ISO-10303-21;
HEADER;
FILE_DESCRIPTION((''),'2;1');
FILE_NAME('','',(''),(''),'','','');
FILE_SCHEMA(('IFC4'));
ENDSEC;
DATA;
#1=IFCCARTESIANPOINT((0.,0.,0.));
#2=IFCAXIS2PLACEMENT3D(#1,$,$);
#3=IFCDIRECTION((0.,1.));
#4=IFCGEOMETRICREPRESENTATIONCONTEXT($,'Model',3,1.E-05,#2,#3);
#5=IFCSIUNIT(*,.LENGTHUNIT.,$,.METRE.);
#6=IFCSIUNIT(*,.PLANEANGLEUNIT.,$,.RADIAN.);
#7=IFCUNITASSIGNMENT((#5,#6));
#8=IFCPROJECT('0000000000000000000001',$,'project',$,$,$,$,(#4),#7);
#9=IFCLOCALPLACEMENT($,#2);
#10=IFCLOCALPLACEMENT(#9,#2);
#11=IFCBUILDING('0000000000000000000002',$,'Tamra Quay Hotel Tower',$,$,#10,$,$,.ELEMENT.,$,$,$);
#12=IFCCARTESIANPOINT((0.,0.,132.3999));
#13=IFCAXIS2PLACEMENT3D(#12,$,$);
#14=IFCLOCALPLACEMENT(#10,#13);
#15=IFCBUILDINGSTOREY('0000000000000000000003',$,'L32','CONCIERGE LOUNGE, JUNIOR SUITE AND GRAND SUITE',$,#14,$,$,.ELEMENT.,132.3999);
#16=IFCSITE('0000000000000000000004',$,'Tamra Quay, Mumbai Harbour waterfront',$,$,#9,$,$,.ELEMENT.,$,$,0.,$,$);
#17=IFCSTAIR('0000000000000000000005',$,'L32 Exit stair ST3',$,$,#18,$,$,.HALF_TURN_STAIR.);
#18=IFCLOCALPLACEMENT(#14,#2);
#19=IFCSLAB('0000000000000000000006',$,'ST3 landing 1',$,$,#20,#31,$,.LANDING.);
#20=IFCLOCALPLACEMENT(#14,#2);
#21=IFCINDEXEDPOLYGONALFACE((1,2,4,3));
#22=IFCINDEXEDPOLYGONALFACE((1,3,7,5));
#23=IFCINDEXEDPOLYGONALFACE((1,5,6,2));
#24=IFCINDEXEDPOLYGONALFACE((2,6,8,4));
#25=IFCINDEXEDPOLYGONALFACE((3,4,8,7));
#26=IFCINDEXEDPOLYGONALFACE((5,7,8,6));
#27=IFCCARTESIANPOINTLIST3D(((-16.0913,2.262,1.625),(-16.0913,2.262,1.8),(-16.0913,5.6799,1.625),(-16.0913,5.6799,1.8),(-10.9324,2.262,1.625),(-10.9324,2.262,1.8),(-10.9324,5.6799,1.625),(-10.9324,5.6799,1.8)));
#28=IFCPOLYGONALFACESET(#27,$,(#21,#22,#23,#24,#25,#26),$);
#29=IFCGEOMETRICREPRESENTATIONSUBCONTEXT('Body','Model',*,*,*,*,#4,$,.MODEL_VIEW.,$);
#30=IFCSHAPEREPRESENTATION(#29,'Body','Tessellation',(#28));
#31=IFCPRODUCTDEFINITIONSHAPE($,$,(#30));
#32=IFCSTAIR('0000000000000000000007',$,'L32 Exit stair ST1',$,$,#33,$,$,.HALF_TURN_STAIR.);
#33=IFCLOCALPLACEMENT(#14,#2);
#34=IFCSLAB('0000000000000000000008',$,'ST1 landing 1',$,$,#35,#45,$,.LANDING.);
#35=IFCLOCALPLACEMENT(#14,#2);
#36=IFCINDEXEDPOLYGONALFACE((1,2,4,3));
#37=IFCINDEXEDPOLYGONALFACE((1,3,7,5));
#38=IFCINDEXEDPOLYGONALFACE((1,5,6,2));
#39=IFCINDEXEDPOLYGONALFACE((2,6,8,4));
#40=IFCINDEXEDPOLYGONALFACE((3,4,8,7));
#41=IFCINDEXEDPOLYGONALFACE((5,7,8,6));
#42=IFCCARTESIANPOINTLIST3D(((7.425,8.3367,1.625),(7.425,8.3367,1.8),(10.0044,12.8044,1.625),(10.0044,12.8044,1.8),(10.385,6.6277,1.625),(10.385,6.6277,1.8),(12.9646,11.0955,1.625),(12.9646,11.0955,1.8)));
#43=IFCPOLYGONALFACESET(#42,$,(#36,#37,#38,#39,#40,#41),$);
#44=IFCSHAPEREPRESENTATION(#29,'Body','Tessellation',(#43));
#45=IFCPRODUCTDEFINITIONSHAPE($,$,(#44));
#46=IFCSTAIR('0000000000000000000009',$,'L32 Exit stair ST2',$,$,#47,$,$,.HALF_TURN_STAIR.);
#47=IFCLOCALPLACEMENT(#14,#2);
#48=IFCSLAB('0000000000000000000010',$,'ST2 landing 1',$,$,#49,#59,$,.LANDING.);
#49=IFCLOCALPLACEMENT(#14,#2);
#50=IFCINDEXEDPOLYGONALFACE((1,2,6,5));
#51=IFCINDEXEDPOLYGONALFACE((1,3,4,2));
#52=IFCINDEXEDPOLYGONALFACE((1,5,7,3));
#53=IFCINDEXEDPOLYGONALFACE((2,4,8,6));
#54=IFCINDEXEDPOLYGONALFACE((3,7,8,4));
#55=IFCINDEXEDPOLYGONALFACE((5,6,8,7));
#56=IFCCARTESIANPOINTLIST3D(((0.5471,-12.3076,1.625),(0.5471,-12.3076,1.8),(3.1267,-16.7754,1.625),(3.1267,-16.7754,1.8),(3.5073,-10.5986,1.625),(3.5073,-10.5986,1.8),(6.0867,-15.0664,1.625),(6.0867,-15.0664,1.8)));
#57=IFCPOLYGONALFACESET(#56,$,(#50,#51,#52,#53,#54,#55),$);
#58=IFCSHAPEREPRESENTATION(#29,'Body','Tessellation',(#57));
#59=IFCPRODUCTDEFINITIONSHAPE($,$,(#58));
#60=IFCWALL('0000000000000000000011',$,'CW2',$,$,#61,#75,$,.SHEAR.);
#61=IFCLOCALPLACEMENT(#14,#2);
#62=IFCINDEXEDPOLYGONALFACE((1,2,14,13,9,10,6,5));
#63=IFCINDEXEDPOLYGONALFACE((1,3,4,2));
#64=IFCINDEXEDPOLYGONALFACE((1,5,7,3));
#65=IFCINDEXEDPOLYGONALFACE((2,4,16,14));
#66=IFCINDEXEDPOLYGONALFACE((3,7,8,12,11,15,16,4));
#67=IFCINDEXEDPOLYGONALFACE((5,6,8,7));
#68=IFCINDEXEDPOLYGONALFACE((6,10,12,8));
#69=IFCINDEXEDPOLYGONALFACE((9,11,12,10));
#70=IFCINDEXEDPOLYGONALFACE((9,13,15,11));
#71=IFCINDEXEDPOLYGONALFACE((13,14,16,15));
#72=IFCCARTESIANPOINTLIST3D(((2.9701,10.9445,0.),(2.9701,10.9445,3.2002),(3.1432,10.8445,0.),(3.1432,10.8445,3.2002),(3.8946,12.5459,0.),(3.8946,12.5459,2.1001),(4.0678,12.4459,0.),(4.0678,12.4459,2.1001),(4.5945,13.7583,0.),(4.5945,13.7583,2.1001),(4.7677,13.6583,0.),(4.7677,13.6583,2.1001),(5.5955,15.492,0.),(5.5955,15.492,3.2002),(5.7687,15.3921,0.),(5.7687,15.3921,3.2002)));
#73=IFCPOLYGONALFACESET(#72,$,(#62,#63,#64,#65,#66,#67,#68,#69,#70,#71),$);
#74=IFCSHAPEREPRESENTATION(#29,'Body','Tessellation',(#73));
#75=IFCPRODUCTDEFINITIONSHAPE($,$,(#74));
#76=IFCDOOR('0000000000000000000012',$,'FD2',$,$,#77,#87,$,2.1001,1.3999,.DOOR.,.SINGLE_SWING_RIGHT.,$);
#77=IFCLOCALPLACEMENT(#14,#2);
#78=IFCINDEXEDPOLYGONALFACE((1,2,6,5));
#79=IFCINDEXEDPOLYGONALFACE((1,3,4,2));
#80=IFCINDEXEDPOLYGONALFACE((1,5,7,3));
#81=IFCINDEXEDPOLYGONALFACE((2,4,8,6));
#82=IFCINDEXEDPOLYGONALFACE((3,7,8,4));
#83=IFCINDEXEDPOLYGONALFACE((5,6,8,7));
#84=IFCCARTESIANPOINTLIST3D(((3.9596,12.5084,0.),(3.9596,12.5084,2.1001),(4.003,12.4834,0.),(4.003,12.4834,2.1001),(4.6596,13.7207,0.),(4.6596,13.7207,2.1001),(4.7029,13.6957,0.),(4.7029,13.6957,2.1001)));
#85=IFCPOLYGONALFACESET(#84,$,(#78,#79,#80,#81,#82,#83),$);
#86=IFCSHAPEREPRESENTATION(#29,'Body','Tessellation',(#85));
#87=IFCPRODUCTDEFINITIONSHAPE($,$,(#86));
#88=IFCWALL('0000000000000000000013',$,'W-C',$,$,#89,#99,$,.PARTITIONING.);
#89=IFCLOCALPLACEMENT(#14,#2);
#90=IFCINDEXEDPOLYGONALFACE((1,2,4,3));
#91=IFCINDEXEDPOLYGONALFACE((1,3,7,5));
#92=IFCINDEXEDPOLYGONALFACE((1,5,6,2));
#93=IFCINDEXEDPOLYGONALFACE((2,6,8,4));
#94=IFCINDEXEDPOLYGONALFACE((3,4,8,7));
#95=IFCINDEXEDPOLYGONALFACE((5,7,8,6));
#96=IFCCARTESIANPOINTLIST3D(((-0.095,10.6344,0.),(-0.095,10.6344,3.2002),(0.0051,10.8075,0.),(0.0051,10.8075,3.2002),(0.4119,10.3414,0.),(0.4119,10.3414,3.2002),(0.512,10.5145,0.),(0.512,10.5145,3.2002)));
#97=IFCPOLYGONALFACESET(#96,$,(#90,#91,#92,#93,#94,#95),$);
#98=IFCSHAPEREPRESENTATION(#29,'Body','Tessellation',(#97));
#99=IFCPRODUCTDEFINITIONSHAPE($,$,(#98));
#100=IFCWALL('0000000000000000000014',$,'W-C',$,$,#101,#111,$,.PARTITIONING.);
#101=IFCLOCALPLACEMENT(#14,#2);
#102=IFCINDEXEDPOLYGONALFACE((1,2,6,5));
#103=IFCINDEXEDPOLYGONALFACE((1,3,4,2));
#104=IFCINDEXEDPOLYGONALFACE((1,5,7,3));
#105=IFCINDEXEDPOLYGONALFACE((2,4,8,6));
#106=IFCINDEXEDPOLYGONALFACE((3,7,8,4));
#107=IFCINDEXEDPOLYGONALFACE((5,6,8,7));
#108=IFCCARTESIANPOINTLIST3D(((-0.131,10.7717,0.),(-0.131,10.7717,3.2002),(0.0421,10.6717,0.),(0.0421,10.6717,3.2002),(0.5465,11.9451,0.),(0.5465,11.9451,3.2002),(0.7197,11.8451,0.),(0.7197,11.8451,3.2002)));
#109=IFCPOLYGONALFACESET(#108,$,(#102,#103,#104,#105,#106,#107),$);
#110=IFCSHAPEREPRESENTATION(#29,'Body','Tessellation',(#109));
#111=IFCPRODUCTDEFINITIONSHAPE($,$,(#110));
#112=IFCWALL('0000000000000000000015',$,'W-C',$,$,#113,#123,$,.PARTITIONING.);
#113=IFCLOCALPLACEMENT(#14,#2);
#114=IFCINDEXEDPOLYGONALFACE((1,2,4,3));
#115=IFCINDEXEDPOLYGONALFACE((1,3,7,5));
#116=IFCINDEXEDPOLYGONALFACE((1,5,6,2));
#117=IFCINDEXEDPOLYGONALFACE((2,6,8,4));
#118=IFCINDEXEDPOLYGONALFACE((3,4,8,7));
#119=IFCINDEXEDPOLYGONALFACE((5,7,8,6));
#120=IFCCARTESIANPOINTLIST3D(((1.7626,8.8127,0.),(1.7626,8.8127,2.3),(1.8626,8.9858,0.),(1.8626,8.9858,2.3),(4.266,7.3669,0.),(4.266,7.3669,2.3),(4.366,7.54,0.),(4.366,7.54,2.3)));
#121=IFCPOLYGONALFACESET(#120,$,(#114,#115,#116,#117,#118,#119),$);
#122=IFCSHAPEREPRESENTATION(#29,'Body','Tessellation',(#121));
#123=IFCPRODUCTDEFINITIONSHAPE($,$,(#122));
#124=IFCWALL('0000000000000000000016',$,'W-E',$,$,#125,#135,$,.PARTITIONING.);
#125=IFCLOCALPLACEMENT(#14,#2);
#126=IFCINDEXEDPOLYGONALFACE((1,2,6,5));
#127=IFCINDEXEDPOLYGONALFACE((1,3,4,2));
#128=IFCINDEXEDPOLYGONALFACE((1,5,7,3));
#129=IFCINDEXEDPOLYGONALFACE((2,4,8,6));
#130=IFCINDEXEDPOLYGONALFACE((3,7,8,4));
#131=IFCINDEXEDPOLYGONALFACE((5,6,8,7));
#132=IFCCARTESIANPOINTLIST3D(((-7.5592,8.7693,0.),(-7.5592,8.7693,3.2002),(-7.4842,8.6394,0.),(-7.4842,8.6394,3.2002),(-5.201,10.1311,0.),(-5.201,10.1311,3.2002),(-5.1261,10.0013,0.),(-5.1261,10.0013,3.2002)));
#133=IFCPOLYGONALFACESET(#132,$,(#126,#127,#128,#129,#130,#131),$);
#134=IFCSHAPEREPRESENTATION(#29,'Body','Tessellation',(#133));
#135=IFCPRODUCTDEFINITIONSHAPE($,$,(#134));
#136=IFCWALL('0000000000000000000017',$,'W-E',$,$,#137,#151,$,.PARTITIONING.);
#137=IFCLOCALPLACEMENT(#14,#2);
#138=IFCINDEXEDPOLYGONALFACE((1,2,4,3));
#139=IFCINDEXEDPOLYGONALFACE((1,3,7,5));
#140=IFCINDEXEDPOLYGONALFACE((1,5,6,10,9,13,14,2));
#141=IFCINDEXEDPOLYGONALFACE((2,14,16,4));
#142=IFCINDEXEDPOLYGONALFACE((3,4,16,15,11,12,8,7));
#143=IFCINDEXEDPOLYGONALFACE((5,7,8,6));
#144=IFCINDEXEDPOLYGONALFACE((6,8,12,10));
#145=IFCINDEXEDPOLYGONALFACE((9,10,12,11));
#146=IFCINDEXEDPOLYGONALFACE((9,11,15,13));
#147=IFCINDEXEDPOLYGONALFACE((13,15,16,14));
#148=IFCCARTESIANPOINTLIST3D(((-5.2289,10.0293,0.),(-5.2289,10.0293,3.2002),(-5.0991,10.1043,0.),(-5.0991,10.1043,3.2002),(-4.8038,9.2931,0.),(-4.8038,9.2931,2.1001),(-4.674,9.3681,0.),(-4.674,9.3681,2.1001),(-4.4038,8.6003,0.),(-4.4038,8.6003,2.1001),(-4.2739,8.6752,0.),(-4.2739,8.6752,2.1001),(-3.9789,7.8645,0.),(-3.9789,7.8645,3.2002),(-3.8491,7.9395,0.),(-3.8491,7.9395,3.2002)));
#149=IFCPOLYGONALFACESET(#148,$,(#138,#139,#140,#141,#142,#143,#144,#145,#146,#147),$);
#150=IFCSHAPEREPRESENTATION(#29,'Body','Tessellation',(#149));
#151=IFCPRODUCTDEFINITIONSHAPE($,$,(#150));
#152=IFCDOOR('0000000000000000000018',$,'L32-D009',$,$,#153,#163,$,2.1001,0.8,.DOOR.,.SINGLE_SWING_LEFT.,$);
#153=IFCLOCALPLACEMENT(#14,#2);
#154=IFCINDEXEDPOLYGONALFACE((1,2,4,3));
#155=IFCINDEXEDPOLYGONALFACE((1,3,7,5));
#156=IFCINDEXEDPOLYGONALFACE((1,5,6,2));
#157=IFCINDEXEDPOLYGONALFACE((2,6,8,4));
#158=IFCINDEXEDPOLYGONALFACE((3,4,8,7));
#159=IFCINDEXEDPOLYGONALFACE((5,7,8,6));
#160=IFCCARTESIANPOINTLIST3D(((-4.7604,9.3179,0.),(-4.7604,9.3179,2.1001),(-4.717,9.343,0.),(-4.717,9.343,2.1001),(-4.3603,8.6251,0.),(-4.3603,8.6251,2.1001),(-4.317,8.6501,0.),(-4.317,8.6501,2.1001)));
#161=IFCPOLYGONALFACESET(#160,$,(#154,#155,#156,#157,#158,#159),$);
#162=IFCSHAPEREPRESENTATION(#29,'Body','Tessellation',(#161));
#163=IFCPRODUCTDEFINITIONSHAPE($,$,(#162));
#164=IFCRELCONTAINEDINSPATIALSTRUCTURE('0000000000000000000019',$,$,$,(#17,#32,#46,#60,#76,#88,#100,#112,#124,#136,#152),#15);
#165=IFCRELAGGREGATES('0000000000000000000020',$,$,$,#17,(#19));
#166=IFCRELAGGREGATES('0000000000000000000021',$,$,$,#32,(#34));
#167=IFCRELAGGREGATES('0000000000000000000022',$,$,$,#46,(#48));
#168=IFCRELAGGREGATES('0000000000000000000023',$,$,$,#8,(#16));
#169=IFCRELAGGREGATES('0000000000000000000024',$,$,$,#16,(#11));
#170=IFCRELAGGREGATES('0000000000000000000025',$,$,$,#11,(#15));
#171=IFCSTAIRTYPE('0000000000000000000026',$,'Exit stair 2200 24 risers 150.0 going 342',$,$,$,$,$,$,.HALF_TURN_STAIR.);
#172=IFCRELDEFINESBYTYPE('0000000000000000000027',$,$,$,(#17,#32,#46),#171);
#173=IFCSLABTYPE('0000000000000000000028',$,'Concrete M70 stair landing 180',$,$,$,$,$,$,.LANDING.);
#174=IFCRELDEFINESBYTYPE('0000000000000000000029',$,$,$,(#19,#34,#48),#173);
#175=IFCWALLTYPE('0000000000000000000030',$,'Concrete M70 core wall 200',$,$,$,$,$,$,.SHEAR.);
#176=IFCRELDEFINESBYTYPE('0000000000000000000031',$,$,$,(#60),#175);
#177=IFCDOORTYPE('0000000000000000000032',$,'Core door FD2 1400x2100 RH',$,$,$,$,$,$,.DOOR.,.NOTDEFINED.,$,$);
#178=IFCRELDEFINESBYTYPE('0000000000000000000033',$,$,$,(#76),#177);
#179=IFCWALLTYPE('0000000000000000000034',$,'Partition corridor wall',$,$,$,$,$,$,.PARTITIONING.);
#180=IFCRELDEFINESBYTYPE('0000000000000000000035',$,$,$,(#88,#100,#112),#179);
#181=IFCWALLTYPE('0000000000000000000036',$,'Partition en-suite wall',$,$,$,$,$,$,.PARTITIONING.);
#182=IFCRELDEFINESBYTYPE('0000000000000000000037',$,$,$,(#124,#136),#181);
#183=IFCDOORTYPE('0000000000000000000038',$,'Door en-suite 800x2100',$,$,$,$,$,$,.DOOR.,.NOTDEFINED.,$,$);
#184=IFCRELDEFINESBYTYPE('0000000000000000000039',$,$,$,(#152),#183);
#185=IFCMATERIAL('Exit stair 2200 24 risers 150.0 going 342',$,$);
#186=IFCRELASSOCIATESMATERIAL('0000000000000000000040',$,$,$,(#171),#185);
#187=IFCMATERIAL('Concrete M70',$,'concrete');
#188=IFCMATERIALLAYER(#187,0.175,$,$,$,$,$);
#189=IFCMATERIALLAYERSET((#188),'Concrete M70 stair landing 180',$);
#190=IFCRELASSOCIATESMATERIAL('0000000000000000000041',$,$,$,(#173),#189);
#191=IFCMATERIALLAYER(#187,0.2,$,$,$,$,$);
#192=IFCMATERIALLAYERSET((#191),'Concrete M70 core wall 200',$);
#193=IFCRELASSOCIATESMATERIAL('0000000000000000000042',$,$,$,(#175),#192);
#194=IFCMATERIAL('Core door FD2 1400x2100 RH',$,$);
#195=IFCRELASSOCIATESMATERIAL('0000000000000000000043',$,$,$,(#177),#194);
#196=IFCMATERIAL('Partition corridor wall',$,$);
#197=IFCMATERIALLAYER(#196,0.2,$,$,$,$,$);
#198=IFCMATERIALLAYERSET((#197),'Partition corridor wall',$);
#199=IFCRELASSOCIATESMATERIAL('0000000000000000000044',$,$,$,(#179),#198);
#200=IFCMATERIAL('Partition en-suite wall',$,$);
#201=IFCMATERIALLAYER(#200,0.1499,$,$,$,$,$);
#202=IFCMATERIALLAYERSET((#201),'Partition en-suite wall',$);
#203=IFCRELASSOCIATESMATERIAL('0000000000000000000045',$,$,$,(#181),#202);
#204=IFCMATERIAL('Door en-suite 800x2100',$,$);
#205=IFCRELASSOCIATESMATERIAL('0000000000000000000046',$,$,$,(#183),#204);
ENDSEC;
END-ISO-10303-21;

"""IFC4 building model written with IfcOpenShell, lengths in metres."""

from ifc_helpers import new_model, si_unit, direction, frame, frame_2d, origin, place, context, subcontext, project, spatial, polyline, rectangle, outline, extrude, material, layer, layer_set, type_object, element, fill, aggregate, save


model = new_model("IFC4")

# Units and contexts
model_context = context("Model", 3, precision=1e-05, world=origin(), true_north=direction((0.0, 1.0)))
body_context = subcontext(model_context, "Body", "Model", "MODEL_VIEW")
ifc_project = project(units=[si_unit("LENGTHUNIT", "METRE"), si_unit("PLANEANGLEUNIT", "RADIAN")], contexts=[model_context])

# Site, building, storey
site_placement = place(None, origin())
site = spatial("IfcSite", under=ifc_project, at=site_placement, Name="Tamra Quay, Mumbai Harbour waterfront", CompositionType="ELEMENT", RefElevation=0.0)
building_placement = place(site_placement, origin())
building = spatial("IfcBuilding", under=site, at=building_placement, Name="Tamra Quay Hotel Tower", CompositionType="ELEMENT")
storey_placement = place(building_placement, frame((0.0, 0.0, 132.3999)))
storey = spatial("IfcBuildingStorey", under=building, at=storey_placement, Name="L32", Description="CONCIERGE LOUNGE, JUNIOR SUITE AND GRAND SUITE", CompositionType="ELEMENT", Elevation=132.3999)

# Stairs, slabs
ifc_material_1 = material(Name="Exit stair 2200 24 risers 150.0 going 342")
stair_type = type_object("IfcStairType", Name="Exit stair 2200 24 risers 150.0 going 342", PredefinedType="HALF_TURN_STAIR", material=ifc_material_1)
stair_1_placement = place(storey_placement, origin())
stair_1 = element("IfcStair", 1, at=stair_1_placement, inside=storey, type_object=stair_type, Name="L32 Exit stair ST3", PredefinedType="HALF_TURN_STAIR")
ifc_material_2 = material(Name="Concrete M70", Category="concrete")
ifc_layer_1 = layer(ifc_material_2, 0.175)
ifc_layer_set_1 = layer_set([ifc_layer_1], Name="Concrete M70 stair landing 180")
slab_type = type_object("IfcSlabType", Name="Concrete M70 stair landing 180", PredefinedType="LANDING", material=ifc_layer_set_1)
slab_1_placement = place(storey_placement, frame((0.0, 0.0, 1.625)))
slab_1 = element("IfcSlab", 2, at=slab_1_placement, type_object=slab_type, Name="ST3 landing 1", PredefinedType="LANDING", context=body_context, shape_type="SweptSolid", body=[
    extrude(outline(polyline([(-10.9324, 2.262), (-10.9324, 5.6799), (-16.0913, 5.6799), (-16.0913, 2.262), (-10.9324, 2.262)])), origin(), (0.0, 0.0, 1.0), 0.175),
])
aggregate(stair_1, [slab_1])
stair_2_placement = place(storey_placement, origin())
stair_2 = element("IfcStair", 3, at=stair_2_placement, inside=storey, type_object=stair_type, Name="L32 Exit stair ST1", PredefinedType="HALF_TURN_STAIR")
slab_2_placement = place(storey_placement, frame((0.0, 0.0, 1.625)))
slab_2 = element("IfcSlab", 4, at=slab_2_placement, type_object=slab_type, Name="ST1 landing 1", PredefinedType="LANDING", context=body_context, shape_type="SweptSolid", body=[
    extrude(outline(polyline([(7.425, 8.3367), (10.385, 6.6277), (12.9646, 11.0955), (10.0044, 12.8044), (7.425, 8.3367)])), origin(), (0.0, 0.0, 1.0), 0.175),
])
aggregate(stair_2, [slab_2])
stair_3_placement = place(storey_placement, origin())
stair_3 = element("IfcStair", 5, at=stair_3_placement, inside=storey, type_object=stair_type, Name="L32 Exit stair ST2", PredefinedType="HALF_TURN_STAIR")
slab_3_placement = place(storey_placement, frame((0.0, 0.0, 1.625)))
slab_3 = element("IfcSlab", 6, at=slab_3_placement, type_object=slab_type, Name="ST2 landing 1", PredefinedType="LANDING", context=body_context, shape_type="SweptSolid", body=[
    extrude(outline(polyline([(3.5073, -10.5986), (0.5471, -12.3076), (3.1267, -16.7754), (6.0867, -15.0664), (3.5073, -10.5986)])), origin(), (0.0, 0.0, 1.0), 0.175),
])
aggregate(stair_3, [slab_3])

# Wall, opening, door
ifc_layer_2 = layer(ifc_material_2, 0.2)
ifc_layer_set_2 = layer_set([ifc_layer_2], Name="Concrete M70 core wall 200")
wall_type_1 = type_object("IfcWallType", Name="Concrete M70 core wall 200", PredefinedType="SHEAR", material=ifc_layer_set_2)
wall_1_placement = place(storey_placement, frame((3.0566, 10.8945, 0.0), z_axis=(0.0, 0.0, 1.0), x_axis=(0.499989, 0.866032, 0.0)))
wall_1 = element("IfcWall", 7, at=wall_1_placement, inside=storey, type_object=wall_type_1, Name="CW2", PredefinedType="SHEAR", context=body_context, shape_type="SweptSolid", body=[
    extrude(rectangle(XDim=5.251, YDim=0.2, at=frame_2d((2.6255, 0.0))), origin(), (0.0, 0.0, 1.0), 3.2002),
])
opening_1_placement = place(wall_1_placement, frame((1.8491, 0.0, 0.0)))
opening_1 = element("IfcOpeningElement", 8, at=opening_1_placement, cuts=wall_1, PredefinedType="OPENING", context=body_context, shape_type="SweptSolid", body=[
    extrude(rectangle(XDim=1.3999, YDim=2.1001, at=frame_2d((0.7, 1.05))), frame((0.0, 0.1099, 0.0), z_axis=(0.0, -1.0, 0.0), x_axis=(1.0, 0.0, 0.0)), (0.0, 0.0, 1.0), 0.22),
])
ifc_material_3 = material(Name="Core door FD2 1400x2100 RH")
door_type_1 = type_object("IfcDoorType", Name="Core door FD2 1400x2100 RH", OperationType="NOTDEFINED", PredefinedType="DOOR", material=ifc_material_3)
door_1_placement = place(opening_1_placement, origin())
door_1 = element("IfcDoor", 9, at=door_1_placement, inside=storey, type_object=door_type_1, Name="FD2", OperationType="SINGLE_SWING_RIGHT", OverallHeight=2.1001, OverallWidth=1.3999, PredefinedType="DOOR", context=body_context, shape_type="SweptSolid", body=[
    extrude(rectangle(XDim=1.3999, YDim=2.1001, at=frame_2d((0.7, 1.05))), frame((0.0, 0.0249, 0.0), z_axis=(0.0, -1.0, 0.0), x_axis=(1.0, 0.0, 0.0)), (0.0, 0.0, 1.0), 0.05),
])
fill(opening_1, door_1)

# Walls
ifc_material_4 = material(Name="Partition corridor wall")
ifc_layer_3 = layer(ifc_material_4, 0.2)
ifc_layer_set_3 = layer_set([ifc_layer_3], Name="Partition corridor wall")
wall_type_2 = type_object("IfcWallType", Name="Partition corridor wall", PredefinedType="PARTITIONING", material=ifc_layer_set_3)
wall_2_placement = place(storey_placement, frame((-0.0449, 10.7209, 0.0), z_axis=(0.0, 0.0, 1.0), x_axis=(0.865769, -0.500444, 0.0)))
element("IfcWall", 10, at=wall_2_placement, inside=storey, type_object=wall_type_2, Name="W-C", PredefinedType="PARTITIONING", context=body_context, shape_type="SweptSolid", body=[
    extrude(rectangle(XDim=0.5854, YDim=0.2, at=frame_2d((0.2927, 0.0))), origin(), (0.0, 0.0, 1.0), 3.2002),
])
wall_3_placement = place(storey_placement, frame((-0.0444, 10.7217, 0.0), z_axis=(0.0, 0.0, 1.0), x_axis=(0.500034, 0.866006, 0.0)))
element("IfcWall", 11, at=wall_3_placement, inside=storey, type_object=wall_type_2, Name="W-C", PredefinedType="PARTITIONING", context=body_context, shape_type="SweptSolid", body=[
    extrude(rectangle(XDim=1.355, YDim=0.2, at=frame_2d((0.6775, 0.0))), origin(), (0.0, 0.0, 1.0), 3.2002),
])
wall_4_placement = place(storey_placement, frame((1.8127, 8.8992, 0.0), z_axis=(0.0, 0.0, 1.0), x_axis=(0.865958, -0.500117, 0.0)))
element("IfcWall", 12, at=wall_4_placement, inside=storey, type_object=wall_type_2, Name="W-C", PredefinedType="PARTITIONING", context=body_context, shape_type="SweptSolid", body=[
    extrude(rectangle(XDim=2.8909, YDim=0.2, at=frame_2d((1.4453, 0.0))), origin(), (0.0, 0.0, 1.0), 2.3),
])
ifc_material_5 = material(Name="Partition en-suite wall")
ifc_layer_4 = layer(ifc_material_5, 0.1499)
ifc_layer_set_4 = layer_set([ifc_layer_4], Name="Partition en-suite wall")
wall_type_3 = type_object("IfcWallType", Name="Partition en-suite wall", PredefinedType="PARTITIONING", material=ifc_layer_set_4)
wall_5_placement = place(storey_placement, frame((-7.5217, 8.7043, 0.0), z_axis=(0.0, 0.0, 1.0), x_axis=(0.865972, 0.500092, 0.0)))
element("IfcWall", 13, at=wall_5_placement, inside=storey, type_object=wall_type_3, Name="W-E", PredefinedType="PARTITIONING", context=body_context, shape_type="SweptSolid", body=[
    extrude(rectangle(XDim=2.7231, YDim=0.1499, at=frame_2d((1.3616, 0.0))), origin(), (0.0, 0.0, 1.0), 3.2002),
])

# Wall, opening, door
wall_6_placement = place(storey_placement, frame((-5.1641, 10.0669, 0.0), z_axis=(0.0, 0.0, 1.0), x_axis=(0.500047, -0.865999, 0.0)))
wall_6 = element("IfcWall", 14, at=wall_6_placement, inside=storey, type_object=wall_type_3, Name="W-E", PredefinedType="PARTITIONING", context=body_context, shape_type="SweptSolid", body=[
    extrude(rectangle(XDim=2.4998, YDim=0.1499, at=frame_2d((1.25, 0.0))), origin(), (0.0, 0.0, 1.0), 3.2002),
])
opening_2_placement = place(wall_6_placement, frame((0.8503, 0.0, 0.0)))
opening_2 = element("IfcOpeningElement", 15, at=opening_2_placement, cuts=wall_6, PredefinedType="OPENING", context=body_context, shape_type="SweptSolid", body=[
    extrude(rectangle(XDim=0.8, YDim=2.1001, at=frame_2d((0.3999, 1.05))), frame((0.0, 0.085, 0.0), z_axis=(0.0, -1.0, 0.0), x_axis=(1.0, 0.0, 0.0)), (0.0, 0.0, 1.0), 0.1699),
])
ifc_material_6 = material(Name="Door en-suite 800x2100")
door_type_2 = type_object("IfcDoorType", Name="Door en-suite 800x2100", OperationType="NOTDEFINED", PredefinedType="DOOR", material=ifc_material_6)
door_2_placement = place(opening_2_placement, frame((0.8, 0.0, 0.0), z_axis=(0.0, 0.0, 1.0), x_axis=(-1.0, 0.0, 0.0)))
door_2 = element("IfcDoor", 16, at=door_2_placement, inside=storey, type_object=door_type_2, Name="L32-D009", OperationType="SINGLE_SWING_LEFT", OverallHeight=2.1001, OverallWidth=0.8, PredefinedType="DOOR", context=body_context, shape_type="SweptSolid", body=[
    extrude(rectangle(XDim=0.8, YDim=2.1001, at=frame_2d((0.3999, 1.05))), frame((0.0, 0.0249, 0.0), z_axis=(0.0, -1.0, 0.0), x_axis=(1.0, 0.0, 0.0)), (0.0, 0.0, 1.0), 0.05),
])
fill(opening_2, door_2)

save(model, "model.ifc")
